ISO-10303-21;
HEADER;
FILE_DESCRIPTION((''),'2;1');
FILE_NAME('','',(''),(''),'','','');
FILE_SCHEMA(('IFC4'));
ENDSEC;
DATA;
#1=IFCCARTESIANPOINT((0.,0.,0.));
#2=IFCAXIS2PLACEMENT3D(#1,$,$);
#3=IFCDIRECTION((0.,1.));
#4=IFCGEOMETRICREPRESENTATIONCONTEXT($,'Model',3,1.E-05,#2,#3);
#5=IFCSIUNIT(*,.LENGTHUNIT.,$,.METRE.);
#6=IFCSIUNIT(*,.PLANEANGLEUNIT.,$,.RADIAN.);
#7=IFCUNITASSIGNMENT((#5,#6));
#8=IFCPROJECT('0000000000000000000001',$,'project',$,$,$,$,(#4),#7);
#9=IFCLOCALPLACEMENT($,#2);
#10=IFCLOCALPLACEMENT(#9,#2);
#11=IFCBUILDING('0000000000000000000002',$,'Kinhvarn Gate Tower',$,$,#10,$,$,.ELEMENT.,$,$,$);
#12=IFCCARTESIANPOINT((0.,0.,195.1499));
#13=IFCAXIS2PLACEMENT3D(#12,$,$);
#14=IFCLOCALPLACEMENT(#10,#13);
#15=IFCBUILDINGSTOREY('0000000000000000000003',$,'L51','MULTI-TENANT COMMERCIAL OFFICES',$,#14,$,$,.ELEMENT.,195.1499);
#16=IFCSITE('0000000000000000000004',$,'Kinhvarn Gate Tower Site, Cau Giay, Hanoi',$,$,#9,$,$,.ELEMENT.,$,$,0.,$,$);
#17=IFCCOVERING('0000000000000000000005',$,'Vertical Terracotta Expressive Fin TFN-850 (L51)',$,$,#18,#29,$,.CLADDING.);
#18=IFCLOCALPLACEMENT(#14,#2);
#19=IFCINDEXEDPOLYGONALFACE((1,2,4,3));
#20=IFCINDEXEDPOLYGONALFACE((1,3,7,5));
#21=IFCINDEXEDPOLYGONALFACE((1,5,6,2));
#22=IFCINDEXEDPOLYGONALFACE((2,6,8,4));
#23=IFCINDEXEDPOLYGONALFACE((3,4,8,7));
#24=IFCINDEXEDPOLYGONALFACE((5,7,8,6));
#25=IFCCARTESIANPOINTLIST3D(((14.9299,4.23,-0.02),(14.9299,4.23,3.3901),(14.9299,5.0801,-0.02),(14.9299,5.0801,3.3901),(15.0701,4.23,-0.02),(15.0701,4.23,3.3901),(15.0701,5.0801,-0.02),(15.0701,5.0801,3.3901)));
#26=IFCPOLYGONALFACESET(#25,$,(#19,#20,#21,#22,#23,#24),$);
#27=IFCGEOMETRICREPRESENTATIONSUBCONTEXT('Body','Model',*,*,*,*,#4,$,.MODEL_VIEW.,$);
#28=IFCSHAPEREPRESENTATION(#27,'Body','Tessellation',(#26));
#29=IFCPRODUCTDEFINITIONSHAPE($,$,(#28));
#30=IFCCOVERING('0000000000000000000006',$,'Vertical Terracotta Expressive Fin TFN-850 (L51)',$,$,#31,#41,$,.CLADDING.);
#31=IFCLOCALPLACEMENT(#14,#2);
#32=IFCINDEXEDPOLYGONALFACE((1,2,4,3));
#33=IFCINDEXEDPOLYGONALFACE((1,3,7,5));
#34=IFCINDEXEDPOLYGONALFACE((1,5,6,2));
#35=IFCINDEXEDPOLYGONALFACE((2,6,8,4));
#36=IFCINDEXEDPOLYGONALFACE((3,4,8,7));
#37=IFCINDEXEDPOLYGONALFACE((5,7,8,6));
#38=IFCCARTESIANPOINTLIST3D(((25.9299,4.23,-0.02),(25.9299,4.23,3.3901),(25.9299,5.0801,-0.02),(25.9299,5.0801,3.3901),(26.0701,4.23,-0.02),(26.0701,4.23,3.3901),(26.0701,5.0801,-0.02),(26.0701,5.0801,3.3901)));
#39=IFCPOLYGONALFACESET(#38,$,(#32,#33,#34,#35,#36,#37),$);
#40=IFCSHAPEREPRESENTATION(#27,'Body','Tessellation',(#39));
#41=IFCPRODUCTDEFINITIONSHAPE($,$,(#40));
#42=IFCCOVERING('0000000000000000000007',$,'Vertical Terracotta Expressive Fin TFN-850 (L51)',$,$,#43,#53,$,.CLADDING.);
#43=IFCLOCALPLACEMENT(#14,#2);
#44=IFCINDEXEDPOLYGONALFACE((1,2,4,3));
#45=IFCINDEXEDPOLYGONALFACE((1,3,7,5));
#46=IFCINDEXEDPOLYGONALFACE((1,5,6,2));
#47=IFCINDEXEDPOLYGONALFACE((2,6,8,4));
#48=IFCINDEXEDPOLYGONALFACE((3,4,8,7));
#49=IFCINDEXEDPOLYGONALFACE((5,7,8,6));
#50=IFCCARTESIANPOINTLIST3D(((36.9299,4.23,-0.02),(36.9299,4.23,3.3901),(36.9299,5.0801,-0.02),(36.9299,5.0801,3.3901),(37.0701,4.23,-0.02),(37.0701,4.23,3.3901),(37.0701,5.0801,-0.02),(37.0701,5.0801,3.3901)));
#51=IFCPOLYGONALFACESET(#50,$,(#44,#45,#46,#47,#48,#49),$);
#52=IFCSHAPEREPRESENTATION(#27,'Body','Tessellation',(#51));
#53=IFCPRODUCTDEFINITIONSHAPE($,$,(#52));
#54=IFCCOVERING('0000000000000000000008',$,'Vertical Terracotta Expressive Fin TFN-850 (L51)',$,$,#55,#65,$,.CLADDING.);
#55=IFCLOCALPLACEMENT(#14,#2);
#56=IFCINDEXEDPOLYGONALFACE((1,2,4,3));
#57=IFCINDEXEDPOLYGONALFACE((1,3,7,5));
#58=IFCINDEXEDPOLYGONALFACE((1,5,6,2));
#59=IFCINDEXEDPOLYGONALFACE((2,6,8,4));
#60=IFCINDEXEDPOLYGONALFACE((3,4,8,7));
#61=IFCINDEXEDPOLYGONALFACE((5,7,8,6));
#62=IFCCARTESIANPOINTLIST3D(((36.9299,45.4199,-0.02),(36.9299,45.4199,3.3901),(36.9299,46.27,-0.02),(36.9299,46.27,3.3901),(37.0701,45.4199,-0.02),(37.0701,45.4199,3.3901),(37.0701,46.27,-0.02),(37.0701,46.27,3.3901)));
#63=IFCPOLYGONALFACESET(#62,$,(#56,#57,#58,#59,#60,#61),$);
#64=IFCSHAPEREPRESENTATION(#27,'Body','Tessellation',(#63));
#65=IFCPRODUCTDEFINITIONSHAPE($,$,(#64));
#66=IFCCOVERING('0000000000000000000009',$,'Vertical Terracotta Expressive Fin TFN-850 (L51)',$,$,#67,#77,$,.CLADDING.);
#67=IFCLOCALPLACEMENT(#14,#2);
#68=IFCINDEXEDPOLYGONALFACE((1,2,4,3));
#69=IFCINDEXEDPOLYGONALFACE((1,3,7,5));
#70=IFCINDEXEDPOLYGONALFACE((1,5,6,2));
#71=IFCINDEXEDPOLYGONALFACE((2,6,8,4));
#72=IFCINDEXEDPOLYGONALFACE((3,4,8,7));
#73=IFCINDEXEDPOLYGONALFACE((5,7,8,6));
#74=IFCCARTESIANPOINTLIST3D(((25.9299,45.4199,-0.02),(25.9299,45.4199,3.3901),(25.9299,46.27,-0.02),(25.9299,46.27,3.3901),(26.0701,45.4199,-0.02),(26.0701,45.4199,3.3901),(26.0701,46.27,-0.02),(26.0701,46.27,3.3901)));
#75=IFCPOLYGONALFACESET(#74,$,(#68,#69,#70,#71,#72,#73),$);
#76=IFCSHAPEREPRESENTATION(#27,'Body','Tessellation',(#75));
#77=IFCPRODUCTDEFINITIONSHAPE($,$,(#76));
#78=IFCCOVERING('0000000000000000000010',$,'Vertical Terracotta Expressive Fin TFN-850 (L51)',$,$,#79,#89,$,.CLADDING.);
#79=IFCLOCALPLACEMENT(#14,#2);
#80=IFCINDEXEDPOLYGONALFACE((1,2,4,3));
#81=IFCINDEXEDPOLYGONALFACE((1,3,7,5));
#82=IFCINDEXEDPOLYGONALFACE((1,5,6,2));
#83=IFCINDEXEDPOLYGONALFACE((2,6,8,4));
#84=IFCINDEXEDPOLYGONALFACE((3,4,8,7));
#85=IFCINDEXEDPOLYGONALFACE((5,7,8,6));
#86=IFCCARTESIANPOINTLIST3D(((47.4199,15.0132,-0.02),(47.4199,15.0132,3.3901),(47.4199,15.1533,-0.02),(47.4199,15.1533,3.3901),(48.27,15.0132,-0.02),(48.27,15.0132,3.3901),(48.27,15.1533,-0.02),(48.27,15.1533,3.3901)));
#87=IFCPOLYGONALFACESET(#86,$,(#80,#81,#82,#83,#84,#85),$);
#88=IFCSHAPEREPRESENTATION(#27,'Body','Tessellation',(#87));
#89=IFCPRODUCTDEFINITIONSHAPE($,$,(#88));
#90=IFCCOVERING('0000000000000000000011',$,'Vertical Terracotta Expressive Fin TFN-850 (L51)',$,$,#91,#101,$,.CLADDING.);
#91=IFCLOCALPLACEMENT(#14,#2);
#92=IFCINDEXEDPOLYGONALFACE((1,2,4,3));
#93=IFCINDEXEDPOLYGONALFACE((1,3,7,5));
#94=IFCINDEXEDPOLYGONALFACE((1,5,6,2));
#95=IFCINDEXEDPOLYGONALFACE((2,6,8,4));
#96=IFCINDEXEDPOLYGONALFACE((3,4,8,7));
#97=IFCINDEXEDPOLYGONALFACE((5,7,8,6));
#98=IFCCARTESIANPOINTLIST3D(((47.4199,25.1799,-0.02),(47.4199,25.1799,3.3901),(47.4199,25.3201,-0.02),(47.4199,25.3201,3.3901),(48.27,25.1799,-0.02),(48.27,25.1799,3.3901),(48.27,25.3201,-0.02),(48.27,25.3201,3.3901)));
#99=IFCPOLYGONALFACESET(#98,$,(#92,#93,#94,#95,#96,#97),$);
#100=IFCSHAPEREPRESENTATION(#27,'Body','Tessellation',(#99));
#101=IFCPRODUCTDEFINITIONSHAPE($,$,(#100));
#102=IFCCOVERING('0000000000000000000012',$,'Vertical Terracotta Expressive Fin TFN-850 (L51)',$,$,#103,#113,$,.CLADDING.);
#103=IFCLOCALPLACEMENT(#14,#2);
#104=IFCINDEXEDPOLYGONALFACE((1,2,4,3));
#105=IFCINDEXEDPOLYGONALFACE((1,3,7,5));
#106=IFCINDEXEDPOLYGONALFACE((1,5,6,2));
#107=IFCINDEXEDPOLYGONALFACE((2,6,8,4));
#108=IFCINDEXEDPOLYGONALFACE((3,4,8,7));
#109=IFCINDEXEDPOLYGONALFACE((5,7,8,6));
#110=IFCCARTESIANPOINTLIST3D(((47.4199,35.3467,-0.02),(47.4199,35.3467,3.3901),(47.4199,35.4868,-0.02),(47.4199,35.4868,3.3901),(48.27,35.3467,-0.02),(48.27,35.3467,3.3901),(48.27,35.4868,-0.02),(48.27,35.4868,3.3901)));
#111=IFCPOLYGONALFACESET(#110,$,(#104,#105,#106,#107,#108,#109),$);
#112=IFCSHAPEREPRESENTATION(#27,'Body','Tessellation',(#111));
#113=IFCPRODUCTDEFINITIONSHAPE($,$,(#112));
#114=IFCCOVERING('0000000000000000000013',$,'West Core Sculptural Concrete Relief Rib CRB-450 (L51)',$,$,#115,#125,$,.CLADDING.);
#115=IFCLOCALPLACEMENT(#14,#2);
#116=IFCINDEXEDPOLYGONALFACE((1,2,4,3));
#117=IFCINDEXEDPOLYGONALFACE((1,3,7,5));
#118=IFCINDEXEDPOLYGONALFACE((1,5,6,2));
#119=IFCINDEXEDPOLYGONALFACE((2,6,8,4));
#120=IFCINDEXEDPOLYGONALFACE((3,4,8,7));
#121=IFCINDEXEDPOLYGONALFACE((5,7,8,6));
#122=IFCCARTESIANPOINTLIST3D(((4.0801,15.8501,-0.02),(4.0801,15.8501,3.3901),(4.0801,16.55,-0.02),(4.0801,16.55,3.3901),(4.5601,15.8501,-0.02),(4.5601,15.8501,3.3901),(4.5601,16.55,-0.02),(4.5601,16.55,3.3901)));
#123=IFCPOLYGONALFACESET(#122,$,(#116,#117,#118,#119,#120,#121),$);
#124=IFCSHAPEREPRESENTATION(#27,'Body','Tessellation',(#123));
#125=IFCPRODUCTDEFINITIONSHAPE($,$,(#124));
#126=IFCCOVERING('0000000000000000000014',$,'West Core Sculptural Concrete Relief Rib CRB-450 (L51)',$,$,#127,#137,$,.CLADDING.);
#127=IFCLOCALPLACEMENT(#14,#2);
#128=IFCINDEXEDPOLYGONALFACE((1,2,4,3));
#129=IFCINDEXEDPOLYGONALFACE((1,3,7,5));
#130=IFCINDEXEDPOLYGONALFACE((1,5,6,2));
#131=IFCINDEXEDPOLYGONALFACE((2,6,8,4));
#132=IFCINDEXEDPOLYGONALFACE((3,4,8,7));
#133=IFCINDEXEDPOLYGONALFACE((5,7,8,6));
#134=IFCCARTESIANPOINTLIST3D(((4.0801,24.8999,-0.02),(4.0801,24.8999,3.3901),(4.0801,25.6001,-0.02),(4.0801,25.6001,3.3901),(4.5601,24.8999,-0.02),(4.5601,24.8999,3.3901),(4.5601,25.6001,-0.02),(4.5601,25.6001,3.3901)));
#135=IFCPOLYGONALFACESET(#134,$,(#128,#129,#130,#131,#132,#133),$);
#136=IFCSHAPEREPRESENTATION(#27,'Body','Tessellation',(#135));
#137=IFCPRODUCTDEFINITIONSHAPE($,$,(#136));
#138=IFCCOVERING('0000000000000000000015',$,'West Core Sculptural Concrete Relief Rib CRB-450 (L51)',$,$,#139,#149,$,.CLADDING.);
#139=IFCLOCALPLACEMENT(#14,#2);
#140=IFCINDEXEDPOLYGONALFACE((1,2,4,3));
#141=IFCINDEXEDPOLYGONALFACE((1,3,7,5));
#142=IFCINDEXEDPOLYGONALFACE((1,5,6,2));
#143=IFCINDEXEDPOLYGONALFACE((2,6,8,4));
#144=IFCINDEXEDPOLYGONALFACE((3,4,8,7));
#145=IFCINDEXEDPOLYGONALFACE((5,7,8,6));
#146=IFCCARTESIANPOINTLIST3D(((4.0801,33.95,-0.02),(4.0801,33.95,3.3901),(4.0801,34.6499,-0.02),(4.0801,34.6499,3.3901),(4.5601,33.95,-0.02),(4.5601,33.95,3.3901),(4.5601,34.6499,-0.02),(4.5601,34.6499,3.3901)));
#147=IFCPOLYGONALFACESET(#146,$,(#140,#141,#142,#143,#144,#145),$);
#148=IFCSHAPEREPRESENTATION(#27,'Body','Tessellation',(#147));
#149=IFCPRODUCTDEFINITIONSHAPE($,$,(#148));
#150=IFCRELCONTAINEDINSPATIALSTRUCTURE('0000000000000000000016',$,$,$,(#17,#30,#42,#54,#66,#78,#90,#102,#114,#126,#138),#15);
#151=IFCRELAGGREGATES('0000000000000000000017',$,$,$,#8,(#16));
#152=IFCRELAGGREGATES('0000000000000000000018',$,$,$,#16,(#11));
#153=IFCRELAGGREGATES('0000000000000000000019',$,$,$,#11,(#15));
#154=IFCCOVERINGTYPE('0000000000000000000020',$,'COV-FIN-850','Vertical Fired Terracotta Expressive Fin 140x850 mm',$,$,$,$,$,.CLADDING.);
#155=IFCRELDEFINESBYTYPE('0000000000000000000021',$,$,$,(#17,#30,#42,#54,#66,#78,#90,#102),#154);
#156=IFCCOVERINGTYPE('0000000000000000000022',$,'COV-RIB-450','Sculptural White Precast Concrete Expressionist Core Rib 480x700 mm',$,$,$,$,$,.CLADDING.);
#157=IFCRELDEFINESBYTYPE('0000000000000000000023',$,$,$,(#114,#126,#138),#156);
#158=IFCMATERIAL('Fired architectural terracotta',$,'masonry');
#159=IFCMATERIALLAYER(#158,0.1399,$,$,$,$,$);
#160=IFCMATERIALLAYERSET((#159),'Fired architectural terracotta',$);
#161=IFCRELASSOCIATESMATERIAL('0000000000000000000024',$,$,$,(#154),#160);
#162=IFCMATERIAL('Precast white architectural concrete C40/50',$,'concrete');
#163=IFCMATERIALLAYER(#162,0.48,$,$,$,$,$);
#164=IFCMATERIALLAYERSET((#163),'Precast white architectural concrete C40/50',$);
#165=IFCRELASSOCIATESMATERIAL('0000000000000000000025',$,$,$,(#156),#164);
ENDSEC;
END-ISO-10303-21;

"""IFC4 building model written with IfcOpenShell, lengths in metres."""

from ifc_helpers import new_model, si_unit, direction, frame, origin, place, context, subcontext, project, spatial, polyline, outline, extrude, material, layer, layer_set, type_object, element, save


model = new_model("IFC4")

# Units and contexts
model_context = context("Model", 3, precision=1e-05, world=origin(), true_north=direction((0.0, 1.0)))
body_context = subcontext(model_context, "Body", "Model", "MODEL_VIEW")
ifc_project = project(units=[si_unit("LENGTHUNIT", "METRE"), si_unit("PLANEANGLEUNIT", "RADIAN")], contexts=[model_context])

# Site, building, storey
site_placement = place(None, origin())
site = spatial("IfcSite", under=ifc_project, at=site_placement, Name="Kinhvarn Gate Tower Site, Cau Giay, Hanoi", CompositionType="ELEMENT", RefElevation=0.0)
building_placement = place(site_placement, origin())
building = spatial("IfcBuilding", under=site, at=building_placement, Name="Kinhvarn Gate Tower", CompositionType="ELEMENT")
storey_placement = place(building_placement, frame((0.0, 0.0, 195.1499)))
storey = spatial("IfcBuildingStorey", under=building, at=storey_placement, Name="L51", Description="MULTI-TENANT COMMERCIAL OFFICES", CompositionType="ELEMENT", Elevation=195.1499)

# Shared definitions
ifc_material_1 = material(Name="Precast white architectural concrete C40/50", Category="concrete")

# Coverings
ifc_material_2 = material(Name="Fired architectural terracotta", Category="masonry")
ifc_layer_1 = layer(ifc_material_2, 0.1399)
ifc_layer_set_1 = layer_set([ifc_layer_1], Name="Fired architectural terracotta")
covering_type_1 = type_object("IfcCoveringType", Name="COV-FIN-850", Description="Vertical Fired Terracotta Expressive Fin 140x850 mm", PredefinedType="CLADDING", material=ifc_layer_set_1)
covering_1_placement = place(storey_placement, frame((0.0, 0.0, -0.02)))
element("IfcCovering", 1, at=covering_1_placement, inside=storey, type_object=covering_type_1, Name="Vertical Terracotta Expressive Fin TFN-850 (L51)", PredefinedType="CLADDING", context=body_context, shape_type="SweptSolid", body=[
    extrude(outline(polyline([(14.9299, 5.0801), (15.0701, 5.0801), (15.0701, 4.23), (14.9299, 4.23), (14.9299, 5.0801)])), origin(), (0.0, 0.0, 1.0), 3.4102),
])
covering_2_placement = place(storey_placement, frame((0.0, 0.0, -0.02)))
element("IfcCovering", 2, at=covering_2_placement, inside=storey, type_object=covering_type_1, Name="Vertical Terracotta Expressive Fin TFN-850 (L51)", PredefinedType="CLADDING", context=body_context, shape_type="SweptSolid", body=[
    extrude(outline(polyline([(25.9299, 5.0801), (26.0701, 5.0801), (26.0701, 4.23), (25.9299, 4.23), (25.9299, 5.0801)])), origin(), (0.0, 0.0, 1.0), 3.4102),
])
covering_3_placement = place(storey_placement, frame((0.0, 0.0, -0.02)))
element("IfcCovering", 3, at=covering_3_placement, inside=storey, type_object=covering_type_1, Name="Vertical Terracotta Expressive Fin TFN-850 (L51)", PredefinedType="CLADDING", context=body_context, shape_type="SweptSolid", body=[
    extrude(outline(polyline([(36.9299, 5.0801), (37.0701, 5.0801), (37.0701, 4.23), (36.9299, 4.23), (36.9299, 5.0801)])), origin(), (0.0, 0.0, 1.0), 3.4102),
])
covering_4_placement = place(storey_placement, frame((0.0, 0.0, -0.02)))
element("IfcCovering", 4, at=covering_4_placement, inside=storey, type_object=covering_type_1, Name="Vertical Terracotta Expressive Fin TFN-850 (L51)", PredefinedType="CLADDING", context=body_context, shape_type="SweptSolid", body=[
    extrude(outline(polyline([(37.0701, 45.4199), (36.9299, 45.4199), (36.9299, 46.27), (37.0701, 46.27), (37.0701, 45.4199)])), origin(), (0.0, 0.0, 1.0), 3.4102),
])
covering_5_placement = place(storey_placement, frame((0.0, 0.0, -0.02)))
element("IfcCovering", 5, at=covering_5_placement, inside=storey, type_object=covering_type_1, Name="Vertical Terracotta Expressive Fin TFN-850 (L51)", PredefinedType="CLADDING", context=body_context, shape_type="SweptSolid", body=[
    extrude(outline(polyline([(26.0701, 45.4199), (25.9299, 45.4199), (25.9299, 46.27), (26.0701, 46.27), (26.0701, 45.4199)])), origin(), (0.0, 0.0, 1.0), 3.4102),
])
covering_6_placement = place(storey_placement, frame((0.0, 0.0, -0.02)))
element("IfcCovering", 6, at=covering_6_placement, inside=storey, type_object=covering_type_1, Name="Vertical Terracotta Expressive Fin TFN-850 (L51)", PredefinedType="CLADDING", context=body_context, shape_type="SweptSolid", body=[
    extrude(outline(polyline([(47.4199, 15.0132), (47.4199, 15.1533), (48.27, 15.1533), (48.27, 15.0132), (47.4199, 15.0132)])), origin(), (0.0, 0.0, 1.0), 3.4102),
])
covering_7_placement = place(storey_placement, frame((0.0, 0.0, -0.02)))
element("IfcCovering", 7, at=covering_7_placement, inside=storey, type_object=covering_type_1, Name="Vertical Terracotta Expressive Fin TFN-850 (L51)", PredefinedType="CLADDING", context=body_context, shape_type="SweptSolid", body=[
    extrude(outline(polyline([(47.4199, 25.1799), (47.4199, 25.3201), (48.27, 25.3201), (48.27, 25.1799), (47.4199, 25.1799)])), origin(), (0.0, 0.0, 1.0), 3.4102),
])
covering_8_placement = place(storey_placement, frame((0.0, 0.0, -0.02)))
element("IfcCovering", 8, at=covering_8_placement, inside=storey, type_object=covering_type_1, Name="Vertical Terracotta Expressive Fin TFN-850 (L51)", PredefinedType="CLADDING", context=body_context, shape_type="SweptSolid", body=[
    extrude(outline(polyline([(47.4199, 35.3467), (47.4199, 35.4868), (48.27, 35.4868), (48.27, 35.3467), (47.4199, 35.3467)])), origin(), (0.0, 0.0, 1.0), 3.4102),
])
ifc_layer_2 = layer(ifc_material_1, 0.48)
ifc_layer_set_2 = layer_set([ifc_layer_2], Name="Precast white architectural concrete C40/50")
covering_type_2 = type_object("IfcCoveringType", Name="COV-RIB-450", Description="Sculptural White Precast Concrete Expressionist Core Rib 480x700 mm", PredefinedType="CLADDING", material=ifc_layer_set_2)
covering_9_placement = place(storey_placement, frame((0.0, 0.0, -0.02)))
element("IfcCovering", 9, at=covering_9_placement, inside=storey, type_object=covering_type_2, Name="West Core Sculptural Concrete Relief Rib CRB-450 (L51)", PredefinedType="CLADDING", context=body_context, shape_type="SweptSolid", body=[
    extrude(outline(polyline([(4.0801, 15.8501), (4.5601, 15.8501), (4.5601, 16.55), (4.0801, 16.55), (4.0801, 15.8501)])), origin(), (0.0, 0.0, 1.0), 3.4102),
])
covering_10_placement = place(storey_placement, frame((0.0, 0.0, -0.02)))
element("IfcCovering", 10, at=covering_10_placement, inside=storey, type_object=covering_type_2, Name="West Core Sculptural Concrete Relief Rib CRB-450 (L51)", PredefinedType="CLADDING", context=body_context, shape_type="SweptSolid", body=[
    extrude(outline(polyline([(4.0801, 24.8999), (4.5601, 24.8999), (4.5601, 25.6001), (4.0801, 25.6001), (4.0801, 24.8999)])), origin(), (0.0, 0.0, 1.0), 3.4102),
])
covering_11_placement = place(storey_placement, frame((0.0, 0.0, -0.02)))
element("IfcCovering", 11, at=covering_11_placement, inside=storey, type_object=covering_type_2, Name="West Core Sculptural Concrete Relief Rib CRB-450 (L51)", PredefinedType="CLADDING", context=body_context, shape_type="SweptSolid", body=[
    extrude(outline(polyline([(4.0801, 33.95), (4.5601, 33.95), (4.5601, 34.6499), (4.0801, 34.6499), (4.0801, 33.95)])), origin(), (0.0, 0.0, 1.0), 3.4102),
])

save(model, "model.ifc")
